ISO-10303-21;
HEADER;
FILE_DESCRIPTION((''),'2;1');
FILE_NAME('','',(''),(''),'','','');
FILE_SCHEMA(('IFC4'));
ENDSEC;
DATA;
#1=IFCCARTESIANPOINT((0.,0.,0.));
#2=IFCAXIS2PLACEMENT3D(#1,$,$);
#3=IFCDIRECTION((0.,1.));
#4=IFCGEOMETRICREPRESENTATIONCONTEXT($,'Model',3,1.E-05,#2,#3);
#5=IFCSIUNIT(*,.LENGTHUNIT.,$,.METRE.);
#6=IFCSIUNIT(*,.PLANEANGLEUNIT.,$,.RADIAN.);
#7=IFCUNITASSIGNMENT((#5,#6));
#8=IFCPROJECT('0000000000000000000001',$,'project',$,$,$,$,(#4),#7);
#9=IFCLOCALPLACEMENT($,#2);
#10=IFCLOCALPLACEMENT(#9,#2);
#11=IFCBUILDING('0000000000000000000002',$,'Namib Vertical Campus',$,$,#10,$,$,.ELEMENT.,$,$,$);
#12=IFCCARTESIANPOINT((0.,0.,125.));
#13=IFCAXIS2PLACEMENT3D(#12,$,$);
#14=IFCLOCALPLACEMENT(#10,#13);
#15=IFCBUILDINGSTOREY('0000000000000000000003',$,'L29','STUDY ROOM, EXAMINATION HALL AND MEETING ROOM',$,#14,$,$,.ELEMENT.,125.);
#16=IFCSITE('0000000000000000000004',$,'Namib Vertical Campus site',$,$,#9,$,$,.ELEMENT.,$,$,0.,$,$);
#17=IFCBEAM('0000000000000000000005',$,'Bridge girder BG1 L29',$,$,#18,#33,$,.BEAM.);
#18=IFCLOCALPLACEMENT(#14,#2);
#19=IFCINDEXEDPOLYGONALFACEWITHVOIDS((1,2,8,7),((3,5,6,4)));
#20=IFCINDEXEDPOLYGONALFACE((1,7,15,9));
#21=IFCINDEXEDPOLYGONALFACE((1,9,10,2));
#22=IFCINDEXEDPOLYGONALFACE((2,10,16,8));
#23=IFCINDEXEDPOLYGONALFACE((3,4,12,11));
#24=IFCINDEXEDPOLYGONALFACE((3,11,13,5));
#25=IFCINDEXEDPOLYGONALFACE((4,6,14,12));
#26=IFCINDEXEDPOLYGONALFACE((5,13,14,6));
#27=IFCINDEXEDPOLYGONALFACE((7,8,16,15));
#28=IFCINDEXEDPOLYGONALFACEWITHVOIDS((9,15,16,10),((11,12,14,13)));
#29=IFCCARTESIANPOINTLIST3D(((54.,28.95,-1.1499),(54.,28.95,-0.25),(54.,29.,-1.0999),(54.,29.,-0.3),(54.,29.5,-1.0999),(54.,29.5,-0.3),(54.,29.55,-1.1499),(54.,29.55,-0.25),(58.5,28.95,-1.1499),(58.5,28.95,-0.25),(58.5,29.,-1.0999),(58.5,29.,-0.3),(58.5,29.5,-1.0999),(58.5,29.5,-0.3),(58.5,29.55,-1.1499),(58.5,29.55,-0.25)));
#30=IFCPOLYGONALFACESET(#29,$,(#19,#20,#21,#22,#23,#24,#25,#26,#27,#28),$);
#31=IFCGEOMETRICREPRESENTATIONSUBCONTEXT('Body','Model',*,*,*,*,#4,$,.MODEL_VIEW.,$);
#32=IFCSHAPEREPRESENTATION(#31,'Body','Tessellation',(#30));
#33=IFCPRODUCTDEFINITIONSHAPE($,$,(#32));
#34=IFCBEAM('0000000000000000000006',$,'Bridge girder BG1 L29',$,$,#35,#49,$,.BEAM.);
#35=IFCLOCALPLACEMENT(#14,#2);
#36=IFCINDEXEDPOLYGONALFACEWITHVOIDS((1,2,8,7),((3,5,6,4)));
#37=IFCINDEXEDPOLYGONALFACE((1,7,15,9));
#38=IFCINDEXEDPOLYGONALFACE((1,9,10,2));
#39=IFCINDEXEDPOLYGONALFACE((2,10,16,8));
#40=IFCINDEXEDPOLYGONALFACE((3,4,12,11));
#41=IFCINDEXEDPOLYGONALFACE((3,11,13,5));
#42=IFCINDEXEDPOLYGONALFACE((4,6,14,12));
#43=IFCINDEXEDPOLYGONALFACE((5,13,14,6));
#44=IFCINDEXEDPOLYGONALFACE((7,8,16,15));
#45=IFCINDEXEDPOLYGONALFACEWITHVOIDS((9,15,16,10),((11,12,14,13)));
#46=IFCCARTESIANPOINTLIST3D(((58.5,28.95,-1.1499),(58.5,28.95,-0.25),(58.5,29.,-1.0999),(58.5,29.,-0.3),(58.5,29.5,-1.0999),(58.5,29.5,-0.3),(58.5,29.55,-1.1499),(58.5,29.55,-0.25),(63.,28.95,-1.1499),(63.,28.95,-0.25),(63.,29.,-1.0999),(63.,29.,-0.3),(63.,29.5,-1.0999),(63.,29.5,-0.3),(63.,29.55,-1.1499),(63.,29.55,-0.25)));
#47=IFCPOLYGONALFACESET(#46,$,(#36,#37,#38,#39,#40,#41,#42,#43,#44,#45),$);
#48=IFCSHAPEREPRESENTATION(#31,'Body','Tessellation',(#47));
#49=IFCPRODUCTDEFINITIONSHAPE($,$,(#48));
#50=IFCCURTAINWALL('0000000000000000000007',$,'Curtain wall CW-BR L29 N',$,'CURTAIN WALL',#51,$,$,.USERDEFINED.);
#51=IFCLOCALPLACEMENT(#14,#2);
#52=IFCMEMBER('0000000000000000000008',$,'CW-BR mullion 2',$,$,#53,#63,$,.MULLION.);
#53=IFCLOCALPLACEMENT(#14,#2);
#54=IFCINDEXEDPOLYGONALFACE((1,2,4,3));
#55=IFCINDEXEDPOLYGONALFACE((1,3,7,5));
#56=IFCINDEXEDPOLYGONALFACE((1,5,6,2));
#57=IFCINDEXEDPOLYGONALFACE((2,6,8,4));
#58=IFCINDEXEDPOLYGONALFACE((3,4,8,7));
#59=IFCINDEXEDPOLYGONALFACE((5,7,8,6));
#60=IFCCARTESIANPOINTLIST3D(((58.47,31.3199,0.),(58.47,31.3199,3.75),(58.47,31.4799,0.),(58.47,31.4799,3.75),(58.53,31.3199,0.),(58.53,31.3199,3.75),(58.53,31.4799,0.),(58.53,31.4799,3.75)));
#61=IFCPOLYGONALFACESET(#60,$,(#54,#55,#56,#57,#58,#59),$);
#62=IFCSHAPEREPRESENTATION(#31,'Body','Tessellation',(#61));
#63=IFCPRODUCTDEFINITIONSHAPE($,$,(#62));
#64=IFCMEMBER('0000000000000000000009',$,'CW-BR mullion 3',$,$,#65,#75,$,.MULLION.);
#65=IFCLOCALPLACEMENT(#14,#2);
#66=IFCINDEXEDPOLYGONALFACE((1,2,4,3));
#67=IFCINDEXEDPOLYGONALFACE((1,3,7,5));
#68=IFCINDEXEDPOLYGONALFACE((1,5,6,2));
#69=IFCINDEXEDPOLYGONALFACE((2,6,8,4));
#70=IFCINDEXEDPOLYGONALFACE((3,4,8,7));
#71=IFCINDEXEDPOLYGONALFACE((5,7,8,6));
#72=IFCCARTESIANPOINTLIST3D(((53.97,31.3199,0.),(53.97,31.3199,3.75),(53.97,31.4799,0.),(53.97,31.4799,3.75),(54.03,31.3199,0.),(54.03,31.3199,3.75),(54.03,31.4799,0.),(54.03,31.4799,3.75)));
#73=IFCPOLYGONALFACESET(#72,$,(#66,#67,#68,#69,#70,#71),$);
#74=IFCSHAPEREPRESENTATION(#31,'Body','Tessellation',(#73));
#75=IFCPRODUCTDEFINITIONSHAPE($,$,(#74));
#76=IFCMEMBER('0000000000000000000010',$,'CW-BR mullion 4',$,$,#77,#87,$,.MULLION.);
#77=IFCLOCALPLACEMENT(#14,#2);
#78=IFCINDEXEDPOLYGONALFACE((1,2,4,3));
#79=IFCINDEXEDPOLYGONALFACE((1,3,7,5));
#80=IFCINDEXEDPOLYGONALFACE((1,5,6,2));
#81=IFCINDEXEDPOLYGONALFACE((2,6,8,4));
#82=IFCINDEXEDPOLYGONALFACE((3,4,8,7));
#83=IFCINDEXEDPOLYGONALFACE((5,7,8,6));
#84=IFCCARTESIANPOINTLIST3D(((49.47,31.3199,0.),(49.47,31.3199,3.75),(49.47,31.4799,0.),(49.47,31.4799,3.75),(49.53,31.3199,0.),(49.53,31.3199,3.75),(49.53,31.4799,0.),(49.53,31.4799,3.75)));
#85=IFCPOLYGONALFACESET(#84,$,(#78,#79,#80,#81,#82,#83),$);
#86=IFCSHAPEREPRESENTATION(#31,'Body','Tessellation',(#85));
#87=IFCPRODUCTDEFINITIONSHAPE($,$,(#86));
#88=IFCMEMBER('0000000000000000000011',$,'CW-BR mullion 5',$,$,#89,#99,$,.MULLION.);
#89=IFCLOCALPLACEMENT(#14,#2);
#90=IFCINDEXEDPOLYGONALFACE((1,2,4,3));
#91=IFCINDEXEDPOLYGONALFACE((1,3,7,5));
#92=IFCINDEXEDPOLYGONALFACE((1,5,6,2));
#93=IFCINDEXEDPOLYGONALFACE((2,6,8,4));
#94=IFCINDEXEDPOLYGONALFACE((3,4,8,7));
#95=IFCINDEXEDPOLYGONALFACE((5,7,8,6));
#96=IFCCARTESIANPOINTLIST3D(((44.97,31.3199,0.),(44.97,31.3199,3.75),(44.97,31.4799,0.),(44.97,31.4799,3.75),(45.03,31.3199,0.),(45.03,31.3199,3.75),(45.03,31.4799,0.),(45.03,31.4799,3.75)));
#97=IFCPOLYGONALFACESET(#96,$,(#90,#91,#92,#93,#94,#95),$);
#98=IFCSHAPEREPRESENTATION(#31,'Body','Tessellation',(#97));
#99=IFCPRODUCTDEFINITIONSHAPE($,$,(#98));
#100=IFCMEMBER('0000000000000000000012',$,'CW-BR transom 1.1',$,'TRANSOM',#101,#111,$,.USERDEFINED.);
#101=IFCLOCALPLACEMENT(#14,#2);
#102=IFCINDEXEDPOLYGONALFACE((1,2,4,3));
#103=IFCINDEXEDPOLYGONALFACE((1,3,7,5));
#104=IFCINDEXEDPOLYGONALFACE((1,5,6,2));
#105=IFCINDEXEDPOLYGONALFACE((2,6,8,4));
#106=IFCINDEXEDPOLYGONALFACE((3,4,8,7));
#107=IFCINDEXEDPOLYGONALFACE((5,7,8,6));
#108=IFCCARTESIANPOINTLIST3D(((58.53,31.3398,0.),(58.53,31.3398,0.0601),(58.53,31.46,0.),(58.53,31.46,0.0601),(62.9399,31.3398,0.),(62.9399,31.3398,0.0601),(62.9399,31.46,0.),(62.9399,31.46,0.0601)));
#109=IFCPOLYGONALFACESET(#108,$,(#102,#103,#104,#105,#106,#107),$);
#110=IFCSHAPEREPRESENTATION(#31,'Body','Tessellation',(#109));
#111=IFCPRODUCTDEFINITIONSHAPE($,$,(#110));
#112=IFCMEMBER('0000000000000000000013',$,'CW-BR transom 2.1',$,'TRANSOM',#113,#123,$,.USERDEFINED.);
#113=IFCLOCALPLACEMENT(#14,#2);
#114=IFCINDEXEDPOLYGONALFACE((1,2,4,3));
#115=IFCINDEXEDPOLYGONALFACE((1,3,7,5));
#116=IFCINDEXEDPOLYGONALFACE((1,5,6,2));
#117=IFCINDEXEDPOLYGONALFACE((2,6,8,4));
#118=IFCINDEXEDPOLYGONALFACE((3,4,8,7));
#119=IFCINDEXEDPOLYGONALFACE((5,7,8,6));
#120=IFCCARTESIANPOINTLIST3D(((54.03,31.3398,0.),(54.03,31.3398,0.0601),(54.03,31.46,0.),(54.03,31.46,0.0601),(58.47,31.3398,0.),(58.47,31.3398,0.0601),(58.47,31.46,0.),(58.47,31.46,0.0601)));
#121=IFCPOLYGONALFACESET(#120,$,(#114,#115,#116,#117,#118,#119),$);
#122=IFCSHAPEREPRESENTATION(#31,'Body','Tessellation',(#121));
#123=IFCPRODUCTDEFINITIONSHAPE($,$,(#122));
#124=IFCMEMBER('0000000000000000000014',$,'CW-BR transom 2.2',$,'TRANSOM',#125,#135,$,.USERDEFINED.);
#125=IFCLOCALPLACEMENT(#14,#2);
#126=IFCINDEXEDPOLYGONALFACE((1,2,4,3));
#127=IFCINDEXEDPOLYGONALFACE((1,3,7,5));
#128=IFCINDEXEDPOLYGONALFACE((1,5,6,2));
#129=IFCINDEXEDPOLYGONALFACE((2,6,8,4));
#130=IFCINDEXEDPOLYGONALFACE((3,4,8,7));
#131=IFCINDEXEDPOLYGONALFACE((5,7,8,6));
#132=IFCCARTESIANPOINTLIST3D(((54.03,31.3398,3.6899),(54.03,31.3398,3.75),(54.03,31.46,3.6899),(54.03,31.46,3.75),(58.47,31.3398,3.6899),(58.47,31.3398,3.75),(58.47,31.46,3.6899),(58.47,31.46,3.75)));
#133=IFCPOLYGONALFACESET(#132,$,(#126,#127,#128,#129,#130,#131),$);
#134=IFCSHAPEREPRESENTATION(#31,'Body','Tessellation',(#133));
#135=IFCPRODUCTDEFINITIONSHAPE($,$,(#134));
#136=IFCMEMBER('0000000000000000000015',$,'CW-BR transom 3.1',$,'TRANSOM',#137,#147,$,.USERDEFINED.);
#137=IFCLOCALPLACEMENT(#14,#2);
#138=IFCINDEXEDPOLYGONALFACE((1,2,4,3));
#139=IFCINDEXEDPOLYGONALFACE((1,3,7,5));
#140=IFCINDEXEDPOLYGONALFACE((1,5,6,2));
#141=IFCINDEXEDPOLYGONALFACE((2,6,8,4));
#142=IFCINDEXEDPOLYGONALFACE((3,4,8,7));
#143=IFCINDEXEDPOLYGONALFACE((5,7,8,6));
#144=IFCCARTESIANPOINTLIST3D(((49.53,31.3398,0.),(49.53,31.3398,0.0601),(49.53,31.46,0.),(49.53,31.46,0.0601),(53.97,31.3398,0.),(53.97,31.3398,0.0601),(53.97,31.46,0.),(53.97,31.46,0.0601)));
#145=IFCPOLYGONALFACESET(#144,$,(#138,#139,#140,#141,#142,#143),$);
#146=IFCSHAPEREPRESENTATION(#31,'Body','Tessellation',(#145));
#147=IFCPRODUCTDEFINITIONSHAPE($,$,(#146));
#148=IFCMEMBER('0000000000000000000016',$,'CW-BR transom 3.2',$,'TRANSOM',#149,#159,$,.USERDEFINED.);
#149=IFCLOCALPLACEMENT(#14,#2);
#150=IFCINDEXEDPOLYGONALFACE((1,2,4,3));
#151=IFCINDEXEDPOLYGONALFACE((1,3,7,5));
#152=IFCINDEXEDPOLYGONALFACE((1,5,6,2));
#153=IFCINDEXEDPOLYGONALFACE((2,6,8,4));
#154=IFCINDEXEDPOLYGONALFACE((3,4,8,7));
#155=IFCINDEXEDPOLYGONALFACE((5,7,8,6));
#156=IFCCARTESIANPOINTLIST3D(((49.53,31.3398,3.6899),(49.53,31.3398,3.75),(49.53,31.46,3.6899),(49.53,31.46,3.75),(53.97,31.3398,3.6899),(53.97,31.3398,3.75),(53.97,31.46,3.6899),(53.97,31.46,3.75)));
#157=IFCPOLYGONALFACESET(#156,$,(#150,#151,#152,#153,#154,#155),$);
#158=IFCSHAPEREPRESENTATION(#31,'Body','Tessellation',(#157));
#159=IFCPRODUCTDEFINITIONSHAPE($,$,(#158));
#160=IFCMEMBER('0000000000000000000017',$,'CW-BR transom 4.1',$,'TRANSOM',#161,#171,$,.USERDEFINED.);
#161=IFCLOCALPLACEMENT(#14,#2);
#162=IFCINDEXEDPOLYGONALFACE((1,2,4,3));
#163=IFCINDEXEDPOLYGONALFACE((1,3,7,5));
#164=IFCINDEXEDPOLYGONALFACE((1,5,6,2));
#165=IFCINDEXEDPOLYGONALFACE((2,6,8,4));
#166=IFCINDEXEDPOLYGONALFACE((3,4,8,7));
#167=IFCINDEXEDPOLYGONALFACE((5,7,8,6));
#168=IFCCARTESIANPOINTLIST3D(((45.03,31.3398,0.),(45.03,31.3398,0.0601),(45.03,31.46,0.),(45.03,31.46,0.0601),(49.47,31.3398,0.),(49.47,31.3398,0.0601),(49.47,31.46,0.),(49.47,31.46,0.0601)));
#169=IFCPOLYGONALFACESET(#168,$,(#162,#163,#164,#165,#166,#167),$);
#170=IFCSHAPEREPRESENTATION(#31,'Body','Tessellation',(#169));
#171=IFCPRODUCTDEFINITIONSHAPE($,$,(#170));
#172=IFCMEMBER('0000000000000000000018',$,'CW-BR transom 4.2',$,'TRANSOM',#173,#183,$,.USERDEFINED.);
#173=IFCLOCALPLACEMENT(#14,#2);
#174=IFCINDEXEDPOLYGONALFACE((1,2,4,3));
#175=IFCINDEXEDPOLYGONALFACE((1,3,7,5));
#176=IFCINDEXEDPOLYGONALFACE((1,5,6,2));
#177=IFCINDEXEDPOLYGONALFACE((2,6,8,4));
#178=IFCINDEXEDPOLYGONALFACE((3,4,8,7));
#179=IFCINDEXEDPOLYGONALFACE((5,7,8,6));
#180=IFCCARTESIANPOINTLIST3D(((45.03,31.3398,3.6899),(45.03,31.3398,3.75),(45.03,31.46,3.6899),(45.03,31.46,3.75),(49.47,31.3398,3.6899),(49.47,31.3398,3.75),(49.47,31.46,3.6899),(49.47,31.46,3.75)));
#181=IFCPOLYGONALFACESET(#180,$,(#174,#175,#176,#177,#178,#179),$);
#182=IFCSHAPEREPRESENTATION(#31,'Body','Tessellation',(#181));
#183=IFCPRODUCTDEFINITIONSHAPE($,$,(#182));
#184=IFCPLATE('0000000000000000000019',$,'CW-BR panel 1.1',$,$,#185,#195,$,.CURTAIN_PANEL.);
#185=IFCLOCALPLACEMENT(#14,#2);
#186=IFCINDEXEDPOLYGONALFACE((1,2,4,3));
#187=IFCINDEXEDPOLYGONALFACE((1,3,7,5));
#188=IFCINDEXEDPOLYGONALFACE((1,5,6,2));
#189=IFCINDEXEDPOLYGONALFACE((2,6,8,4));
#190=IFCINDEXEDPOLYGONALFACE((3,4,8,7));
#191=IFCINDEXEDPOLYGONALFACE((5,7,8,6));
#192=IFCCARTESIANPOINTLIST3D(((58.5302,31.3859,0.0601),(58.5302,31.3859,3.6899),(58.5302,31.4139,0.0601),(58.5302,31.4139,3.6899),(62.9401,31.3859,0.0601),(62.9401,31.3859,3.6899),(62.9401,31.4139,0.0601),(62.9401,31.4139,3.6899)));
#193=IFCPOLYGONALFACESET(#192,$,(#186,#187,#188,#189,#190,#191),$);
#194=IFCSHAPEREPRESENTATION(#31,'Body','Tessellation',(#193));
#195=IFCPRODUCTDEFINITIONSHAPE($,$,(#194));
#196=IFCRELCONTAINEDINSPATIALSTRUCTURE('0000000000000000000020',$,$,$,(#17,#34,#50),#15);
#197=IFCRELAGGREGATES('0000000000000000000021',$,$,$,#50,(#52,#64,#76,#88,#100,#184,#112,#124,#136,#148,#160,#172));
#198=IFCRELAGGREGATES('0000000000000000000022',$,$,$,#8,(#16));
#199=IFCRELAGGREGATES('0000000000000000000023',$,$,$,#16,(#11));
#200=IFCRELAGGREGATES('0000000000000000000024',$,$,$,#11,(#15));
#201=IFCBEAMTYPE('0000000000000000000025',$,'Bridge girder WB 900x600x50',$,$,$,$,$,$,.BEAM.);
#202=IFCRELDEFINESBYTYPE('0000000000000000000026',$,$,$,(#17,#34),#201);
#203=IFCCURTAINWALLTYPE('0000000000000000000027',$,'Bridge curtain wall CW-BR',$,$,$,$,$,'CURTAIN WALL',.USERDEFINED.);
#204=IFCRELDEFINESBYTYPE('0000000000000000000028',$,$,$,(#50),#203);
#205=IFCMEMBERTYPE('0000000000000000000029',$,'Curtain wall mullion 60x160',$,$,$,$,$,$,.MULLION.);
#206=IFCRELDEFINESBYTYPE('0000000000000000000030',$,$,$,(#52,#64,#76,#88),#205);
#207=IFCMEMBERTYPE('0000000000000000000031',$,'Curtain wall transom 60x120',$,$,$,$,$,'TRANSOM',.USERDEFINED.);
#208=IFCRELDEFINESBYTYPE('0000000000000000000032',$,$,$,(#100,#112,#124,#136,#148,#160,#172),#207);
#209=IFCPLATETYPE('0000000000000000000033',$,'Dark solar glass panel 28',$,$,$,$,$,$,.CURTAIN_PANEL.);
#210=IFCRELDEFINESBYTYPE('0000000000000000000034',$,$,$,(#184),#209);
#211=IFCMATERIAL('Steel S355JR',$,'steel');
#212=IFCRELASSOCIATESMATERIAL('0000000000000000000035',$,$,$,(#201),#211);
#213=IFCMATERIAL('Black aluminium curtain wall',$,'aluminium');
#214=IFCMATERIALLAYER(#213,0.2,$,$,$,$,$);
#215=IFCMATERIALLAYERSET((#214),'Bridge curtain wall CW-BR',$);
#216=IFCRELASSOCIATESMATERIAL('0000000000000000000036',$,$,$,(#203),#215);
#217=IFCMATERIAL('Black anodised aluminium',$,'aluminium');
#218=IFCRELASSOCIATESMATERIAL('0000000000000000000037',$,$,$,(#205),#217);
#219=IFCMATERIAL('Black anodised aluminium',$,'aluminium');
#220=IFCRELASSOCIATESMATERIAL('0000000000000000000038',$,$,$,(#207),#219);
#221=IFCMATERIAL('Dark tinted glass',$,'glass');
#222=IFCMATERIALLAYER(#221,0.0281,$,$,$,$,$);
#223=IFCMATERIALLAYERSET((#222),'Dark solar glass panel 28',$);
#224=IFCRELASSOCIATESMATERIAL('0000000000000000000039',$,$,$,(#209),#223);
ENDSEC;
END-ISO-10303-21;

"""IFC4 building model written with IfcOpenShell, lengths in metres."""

from ifc_helpers import new_model, si_unit, direction, frame, origin, origin_2d, place, context, subcontext, project, spatial, rectangle, hollow_rectangle, extrude, material, layer, layer_set, material_profile, profile_set, type_object, element, aggregate, save


model = new_model("IFC4")

# Units and contexts
model_context = context("Model", 3, precision=1e-05, world=origin(), true_north=direction((0.0, 1.0)))
body_context = subcontext(model_context, "Body", "Model", "MODEL_VIEW")
ifc_project = project(units=[si_unit("LENGTHUNIT", "METRE"), si_unit("PLANEANGLEUNIT", "RADIAN")], contexts=[model_context])

# Site, building, storey
site_placement = place(None, origin())
site = spatial("IfcSite", under=ifc_project, at=site_placement, Name="Namib Vertical Campus site", CompositionType="ELEMENT", RefElevation=0.0)
building_placement = place(site_placement, origin())
building = spatial("IfcBuilding", under=site, at=building_placement, Name="Namib Vertical Campus", CompositionType="ELEMENT")
storey_placement = place(building_placement, frame((0.0, 0.0, 125.0)))
storey = spatial("IfcBuildingStorey", under=building, at=storey_placement, Name="L29", Description="STUDY ROOM, EXAMINATION HALL AND MEETING ROOM", CompositionType="ELEMENT", Elevation=125.0)

# Beams
ifc_material_1 = material(Name="Steel S355JR", Category="steel")
ifc_material_profile_1 = material_profile(ifc_material_1, hollow_rectangle(XDim=0.6001, YDim=0.8999, WallThickness=0.05, at=origin_2d()))
ifc_profile_set_1 = profile_set([ifc_material_profile_1], Name="Steel S355JR")
beam_type_1 = type_object("IfcBeamType", Name="Bridge girder WB 900x600x50", PredefinedType="BEAM", material=ifc_profile_set_1)
for number, where, z_axis, x_axis, name in (
    (1, (54.0, 29.25, -0.7), (1.0, 0.0, 0.0), (0.0, 1.0, 0.0), "Bridge girder BG1 L29"),
    (2, (58.5, 29.25, -0.7), (1.0, 0.0, 0.0), (0.0, 1.0, 0.0), "Bridge girder BG1 L29"),
):
    element("IfcBeam", number, at=place(storey_placement, frame(where, z_axis=z_axis, x_axis=x_axis)), inside=storey, type_object=beam_type_1, Name=name, PredefinedType="BEAM", context=body_context, shape_type="SweptSolid", body=[
        extrude(hollow_rectangle(XDim=0.6001, YDim=0.8999, WallThickness=0.05, at=origin_2d()), origin(), (0.0, 0.0, 1.0), 4.5),
    ])

# Curtain wall, members, plate
ifc_material_2 = material(Name="Black aluminium curtain wall", Category="aluminium")
ifc_layer_1 = layer(ifc_material_2, 0.2)
ifc_layer_set_1 = layer_set([ifc_layer_1], Name="Bridge curtain wall CW-BR")
curtain_wall_type = type_object("IfcCurtainWallType", Name="Bridge curtain wall CW-BR", ElementType="CURTAIN WALL", PredefinedType="USERDEFINED", material=ifc_layer_set_1)
curtain_wall_placement = place(storey_placement, origin())
curtain_wall = element("IfcCurtainWall", 3, at=curtain_wall_placement, inside=storey, type_object=curtain_wall_type, Name="Curtain wall CW-BR L29 N", ObjectType="CURTAIN WALL", PredefinedType="USERDEFINED")
ifc_material_3 = material(Name="Black anodised aluminium", Category="aluminium")
ifc_material_profile_2 = material_profile(ifc_material_3, rectangle(XDim=0.0601, YDim=0.1599, at=origin_2d()))
ifc_profile_set_2 = profile_set([ifc_material_profile_2], Name="Black anodised aluminium")
member_type_1 = type_object("IfcMemberType", Name="Curtain wall mullion 60x160", PredefinedType="MULLION", material=ifc_profile_set_2)
member_1_placement = place(storey_placement, frame((58.5, 31.3999, 0.0), z_axis=(0.0, 0.0, 1.0), x_axis=(-1.0, 0.0, 0.0)))
member_1 = element("IfcMember", 4, at=member_1_placement, type_object=member_type_1, Name="CW-BR mullion 2", PredefinedType="MULLION", context=body_context, shape_type="SweptSolid", body=[
    extrude(rectangle(XDim=0.0601, YDim=0.1599, at=origin_2d()), origin(), (0.0, 0.0, 1.0), 3.75),
])
member_2_placement = place(storey_placement, frame((54.0, 31.3999, 0.0), z_axis=(0.0, 0.0, 1.0), x_axis=(-1.0, 0.0, 0.0)))
member_2 = element("IfcMember", 5, at=member_2_placement, type_object=member_type_1, Name="CW-BR mullion 3", PredefinedType="MULLION", context=body_context, shape_type="SweptSolid", body=[
    extrude(rectangle(XDim=0.0601, YDim=0.1599, at=origin_2d()), origin(), (0.0, 0.0, 1.0), 3.75),
])
member_3_placement = place(storey_placement, frame((49.5, 31.3999, 0.0), z_axis=(0.0, 0.0, 1.0), x_axis=(-1.0, 0.0, 0.0)))
member_3 = element("IfcMember", 6, at=member_3_placement, type_object=member_type_1, Name="CW-BR mullion 4", PredefinedType="MULLION", context=body_context, shape_type="SweptSolid", body=[
    extrude(rectangle(XDim=0.0601, YDim=0.1599, at=origin_2d()), origin(), (0.0, 0.0, 1.0), 3.75),
])
member_4_placement = place(storey_placement, frame((45.0, 31.3999, 0.0), z_axis=(0.0, 0.0, 1.0), x_axis=(-1.0, 0.0, 0.0)))
member_4 = element("IfcMember", 7, at=member_4_placement, type_object=member_type_1, Name="CW-BR mullion 5", PredefinedType="MULLION", context=body_context, shape_type="SweptSolid", body=[
    extrude(rectangle(XDim=0.0601, YDim=0.1599, at=origin_2d()), origin(), (0.0, 0.0, 1.0), 3.75),
])
ifc_material_4 = material(Name="Black anodised aluminium", Category="aluminium")
ifc_material_profile_3 = material_profile(ifc_material_4, rectangle(XDim=0.0601, YDim=0.1201, at=origin_2d()))
ifc_profile_set_3 = profile_set([ifc_material_profile_3], Name="Black anodised aluminium")
member_type_2 = type_object("IfcMemberType", Name="Curtain wall transom 60x120", ElementType="TRANSOM", PredefinedType="USERDEFINED", material=ifc_profile_set_3)
member_5_placement = place(storey_placement, frame((62.9399, 31.3999, 0.03), z_axis=(-1.0, 0.0, 0.0), x_axis=(0.0, 0.0, 1.0)))
member_5 = element("IfcMember", 8, at=member_5_placement, type_object=member_type_2, Name="CW-BR transom 1.1", ObjectType="TRANSOM", PredefinedType="USERDEFINED", context=body_context, shape_type="SweptSolid", body=[
    extrude(rectangle(XDim=0.0601, YDim=0.1201, at=origin_2d()), origin(), (0.0, 0.0, 1.0), 4.4099),
])
member_6_placement = place(storey_placement, frame((58.47, 31.3999, 0.03), z_axis=(-1.0, 0.0, 0.0), x_axis=(0.0, 0.0, 1.0)))
member_6 = element("IfcMember", 9, at=member_6_placement, type_object=member_type_2, Name="CW-BR transom 2.1", ObjectType="TRANSOM", PredefinedType="USERDEFINED", context=body_context, shape_type="SweptSolid", body=[
    extrude(rectangle(XDim=0.0601, YDim=0.1201, at=origin_2d()), origin(), (0.0, 0.0, 1.0), 4.4399),
])
member_7_placement = place(storey_placement, frame((58.47, 31.3999, 3.72), z_axis=(-1.0, 0.0, 0.0), x_axis=(0.0, 0.0, 1.0)))
member_7 = element("IfcMember", 10, at=member_7_placement, type_object=member_type_2, Name="CW-BR transom 2.2", ObjectType="TRANSOM", PredefinedType="USERDEFINED", context=body_context, shape_type="SweptSolid", body=[
    extrude(rectangle(XDim=0.0601, YDim=0.1201, at=origin_2d()), origin(), (0.0, 0.0, 1.0), 4.4399),
])
member_8_placement = place(storey_placement, frame((53.97, 31.3999, 0.03), z_axis=(-1.0, 0.0, 0.0), x_axis=(0.0, 0.0, 1.0)))
member_8 = element("IfcMember", 11, at=member_8_placement, type_object=member_type_2, Name="CW-BR transom 3.1", ObjectType="TRANSOM", PredefinedType="USERDEFINED", context=body_context, shape_type="SweptSolid", body=[
    extrude(rectangle(XDim=0.0601, YDim=0.1201, at=origin_2d()), origin(), (0.0, 0.0, 1.0), 4.4399),
])
member_9_placement = place(storey_placement, frame((53.97, 31.3999, 3.72), z_axis=(-1.0, 0.0, 0.0), x_axis=(0.0, 0.0, 1.0)))
member_9 = element("IfcMember", 12, at=member_9_placement, type_object=member_type_2, Name="CW-BR transom 3.2", ObjectType="TRANSOM", PredefinedType="USERDEFINED", context=body_context, shape_type="SweptSolid", body=[
    extrude(rectangle(XDim=0.0601, YDim=0.1201, at=origin_2d()), origin(), (0.0, 0.0, 1.0), 4.4399),
])
member_10_placement = place(storey_placement, frame((49.47, 31.3999, 0.03), z_axis=(-1.0, 0.0, 0.0), x_axis=(0.0, 0.0, 1.0)))
member_10 = element("IfcMember", 13, at=member_10_placement, type_object=member_type_2, Name="CW-BR transom 4.1", ObjectType="TRANSOM", PredefinedType="USERDEFINED", context=body_context, shape_type="SweptSolid", body=[
    extrude(rectangle(XDim=0.0601, YDim=0.1201, at=origin_2d()), origin(), (0.0, 0.0, 1.0), 4.4399),
])
member_11_placement = place(storey_placement, frame((49.47, 31.3999, 3.72), z_axis=(-1.0, 0.0, 0.0), x_axis=(0.0, 0.0, 1.0)))
member_11 = element("IfcMember", 14, at=member_11_placement, type_object=member_type_2, Name="CW-BR transom 4.2", ObjectType="TRANSOM", PredefinedType="USERDEFINED", context=body_context, shape_type="SweptSolid", body=[
    extrude(rectangle(XDim=0.0601, YDim=0.1201, at=origin_2d()), origin(), (0.0, 0.0, 1.0), 4.4399),
])
ifc_material_5 = material(Name="Dark tinted glass", Category="glass")
ifc_layer_2 = layer(ifc_material_5, 0.0281)
ifc_layer_set_2 = layer_set([ifc_layer_2], Name="Dark solar glass panel 28")
plate_type = type_object("IfcPlateType", Name="Dark solar glass panel 28", PredefinedType="CURTAIN_PANEL", material=ifc_layer_set_2)
plate_1_placement = place(storey_placement, frame((60.7351, 31.3999, 0.0601), z_axis=(0.0, 0.0, 1.0), x_axis=(-1.0, 0.0, 0.0)))
plate_1 = element("IfcPlate", 15, at=plate_1_placement, type_object=plate_type, Name="CW-BR panel 1.1", PredefinedType="CURTAIN_PANEL", context=body_context, shape_type="SweptSolid", body=[
    extrude(rectangle(XDim=4.4099, YDim=0.0281, at=origin_2d()), origin(), (0.0, 0.0, 1.0), 3.6299),
])
aggregate(curtain_wall, [member_1, member_2, member_3, member_4, member_5, plate_1, member_6, member_7, member_8, member_9, member_10, member_11])

save(model, "model.ifc")
